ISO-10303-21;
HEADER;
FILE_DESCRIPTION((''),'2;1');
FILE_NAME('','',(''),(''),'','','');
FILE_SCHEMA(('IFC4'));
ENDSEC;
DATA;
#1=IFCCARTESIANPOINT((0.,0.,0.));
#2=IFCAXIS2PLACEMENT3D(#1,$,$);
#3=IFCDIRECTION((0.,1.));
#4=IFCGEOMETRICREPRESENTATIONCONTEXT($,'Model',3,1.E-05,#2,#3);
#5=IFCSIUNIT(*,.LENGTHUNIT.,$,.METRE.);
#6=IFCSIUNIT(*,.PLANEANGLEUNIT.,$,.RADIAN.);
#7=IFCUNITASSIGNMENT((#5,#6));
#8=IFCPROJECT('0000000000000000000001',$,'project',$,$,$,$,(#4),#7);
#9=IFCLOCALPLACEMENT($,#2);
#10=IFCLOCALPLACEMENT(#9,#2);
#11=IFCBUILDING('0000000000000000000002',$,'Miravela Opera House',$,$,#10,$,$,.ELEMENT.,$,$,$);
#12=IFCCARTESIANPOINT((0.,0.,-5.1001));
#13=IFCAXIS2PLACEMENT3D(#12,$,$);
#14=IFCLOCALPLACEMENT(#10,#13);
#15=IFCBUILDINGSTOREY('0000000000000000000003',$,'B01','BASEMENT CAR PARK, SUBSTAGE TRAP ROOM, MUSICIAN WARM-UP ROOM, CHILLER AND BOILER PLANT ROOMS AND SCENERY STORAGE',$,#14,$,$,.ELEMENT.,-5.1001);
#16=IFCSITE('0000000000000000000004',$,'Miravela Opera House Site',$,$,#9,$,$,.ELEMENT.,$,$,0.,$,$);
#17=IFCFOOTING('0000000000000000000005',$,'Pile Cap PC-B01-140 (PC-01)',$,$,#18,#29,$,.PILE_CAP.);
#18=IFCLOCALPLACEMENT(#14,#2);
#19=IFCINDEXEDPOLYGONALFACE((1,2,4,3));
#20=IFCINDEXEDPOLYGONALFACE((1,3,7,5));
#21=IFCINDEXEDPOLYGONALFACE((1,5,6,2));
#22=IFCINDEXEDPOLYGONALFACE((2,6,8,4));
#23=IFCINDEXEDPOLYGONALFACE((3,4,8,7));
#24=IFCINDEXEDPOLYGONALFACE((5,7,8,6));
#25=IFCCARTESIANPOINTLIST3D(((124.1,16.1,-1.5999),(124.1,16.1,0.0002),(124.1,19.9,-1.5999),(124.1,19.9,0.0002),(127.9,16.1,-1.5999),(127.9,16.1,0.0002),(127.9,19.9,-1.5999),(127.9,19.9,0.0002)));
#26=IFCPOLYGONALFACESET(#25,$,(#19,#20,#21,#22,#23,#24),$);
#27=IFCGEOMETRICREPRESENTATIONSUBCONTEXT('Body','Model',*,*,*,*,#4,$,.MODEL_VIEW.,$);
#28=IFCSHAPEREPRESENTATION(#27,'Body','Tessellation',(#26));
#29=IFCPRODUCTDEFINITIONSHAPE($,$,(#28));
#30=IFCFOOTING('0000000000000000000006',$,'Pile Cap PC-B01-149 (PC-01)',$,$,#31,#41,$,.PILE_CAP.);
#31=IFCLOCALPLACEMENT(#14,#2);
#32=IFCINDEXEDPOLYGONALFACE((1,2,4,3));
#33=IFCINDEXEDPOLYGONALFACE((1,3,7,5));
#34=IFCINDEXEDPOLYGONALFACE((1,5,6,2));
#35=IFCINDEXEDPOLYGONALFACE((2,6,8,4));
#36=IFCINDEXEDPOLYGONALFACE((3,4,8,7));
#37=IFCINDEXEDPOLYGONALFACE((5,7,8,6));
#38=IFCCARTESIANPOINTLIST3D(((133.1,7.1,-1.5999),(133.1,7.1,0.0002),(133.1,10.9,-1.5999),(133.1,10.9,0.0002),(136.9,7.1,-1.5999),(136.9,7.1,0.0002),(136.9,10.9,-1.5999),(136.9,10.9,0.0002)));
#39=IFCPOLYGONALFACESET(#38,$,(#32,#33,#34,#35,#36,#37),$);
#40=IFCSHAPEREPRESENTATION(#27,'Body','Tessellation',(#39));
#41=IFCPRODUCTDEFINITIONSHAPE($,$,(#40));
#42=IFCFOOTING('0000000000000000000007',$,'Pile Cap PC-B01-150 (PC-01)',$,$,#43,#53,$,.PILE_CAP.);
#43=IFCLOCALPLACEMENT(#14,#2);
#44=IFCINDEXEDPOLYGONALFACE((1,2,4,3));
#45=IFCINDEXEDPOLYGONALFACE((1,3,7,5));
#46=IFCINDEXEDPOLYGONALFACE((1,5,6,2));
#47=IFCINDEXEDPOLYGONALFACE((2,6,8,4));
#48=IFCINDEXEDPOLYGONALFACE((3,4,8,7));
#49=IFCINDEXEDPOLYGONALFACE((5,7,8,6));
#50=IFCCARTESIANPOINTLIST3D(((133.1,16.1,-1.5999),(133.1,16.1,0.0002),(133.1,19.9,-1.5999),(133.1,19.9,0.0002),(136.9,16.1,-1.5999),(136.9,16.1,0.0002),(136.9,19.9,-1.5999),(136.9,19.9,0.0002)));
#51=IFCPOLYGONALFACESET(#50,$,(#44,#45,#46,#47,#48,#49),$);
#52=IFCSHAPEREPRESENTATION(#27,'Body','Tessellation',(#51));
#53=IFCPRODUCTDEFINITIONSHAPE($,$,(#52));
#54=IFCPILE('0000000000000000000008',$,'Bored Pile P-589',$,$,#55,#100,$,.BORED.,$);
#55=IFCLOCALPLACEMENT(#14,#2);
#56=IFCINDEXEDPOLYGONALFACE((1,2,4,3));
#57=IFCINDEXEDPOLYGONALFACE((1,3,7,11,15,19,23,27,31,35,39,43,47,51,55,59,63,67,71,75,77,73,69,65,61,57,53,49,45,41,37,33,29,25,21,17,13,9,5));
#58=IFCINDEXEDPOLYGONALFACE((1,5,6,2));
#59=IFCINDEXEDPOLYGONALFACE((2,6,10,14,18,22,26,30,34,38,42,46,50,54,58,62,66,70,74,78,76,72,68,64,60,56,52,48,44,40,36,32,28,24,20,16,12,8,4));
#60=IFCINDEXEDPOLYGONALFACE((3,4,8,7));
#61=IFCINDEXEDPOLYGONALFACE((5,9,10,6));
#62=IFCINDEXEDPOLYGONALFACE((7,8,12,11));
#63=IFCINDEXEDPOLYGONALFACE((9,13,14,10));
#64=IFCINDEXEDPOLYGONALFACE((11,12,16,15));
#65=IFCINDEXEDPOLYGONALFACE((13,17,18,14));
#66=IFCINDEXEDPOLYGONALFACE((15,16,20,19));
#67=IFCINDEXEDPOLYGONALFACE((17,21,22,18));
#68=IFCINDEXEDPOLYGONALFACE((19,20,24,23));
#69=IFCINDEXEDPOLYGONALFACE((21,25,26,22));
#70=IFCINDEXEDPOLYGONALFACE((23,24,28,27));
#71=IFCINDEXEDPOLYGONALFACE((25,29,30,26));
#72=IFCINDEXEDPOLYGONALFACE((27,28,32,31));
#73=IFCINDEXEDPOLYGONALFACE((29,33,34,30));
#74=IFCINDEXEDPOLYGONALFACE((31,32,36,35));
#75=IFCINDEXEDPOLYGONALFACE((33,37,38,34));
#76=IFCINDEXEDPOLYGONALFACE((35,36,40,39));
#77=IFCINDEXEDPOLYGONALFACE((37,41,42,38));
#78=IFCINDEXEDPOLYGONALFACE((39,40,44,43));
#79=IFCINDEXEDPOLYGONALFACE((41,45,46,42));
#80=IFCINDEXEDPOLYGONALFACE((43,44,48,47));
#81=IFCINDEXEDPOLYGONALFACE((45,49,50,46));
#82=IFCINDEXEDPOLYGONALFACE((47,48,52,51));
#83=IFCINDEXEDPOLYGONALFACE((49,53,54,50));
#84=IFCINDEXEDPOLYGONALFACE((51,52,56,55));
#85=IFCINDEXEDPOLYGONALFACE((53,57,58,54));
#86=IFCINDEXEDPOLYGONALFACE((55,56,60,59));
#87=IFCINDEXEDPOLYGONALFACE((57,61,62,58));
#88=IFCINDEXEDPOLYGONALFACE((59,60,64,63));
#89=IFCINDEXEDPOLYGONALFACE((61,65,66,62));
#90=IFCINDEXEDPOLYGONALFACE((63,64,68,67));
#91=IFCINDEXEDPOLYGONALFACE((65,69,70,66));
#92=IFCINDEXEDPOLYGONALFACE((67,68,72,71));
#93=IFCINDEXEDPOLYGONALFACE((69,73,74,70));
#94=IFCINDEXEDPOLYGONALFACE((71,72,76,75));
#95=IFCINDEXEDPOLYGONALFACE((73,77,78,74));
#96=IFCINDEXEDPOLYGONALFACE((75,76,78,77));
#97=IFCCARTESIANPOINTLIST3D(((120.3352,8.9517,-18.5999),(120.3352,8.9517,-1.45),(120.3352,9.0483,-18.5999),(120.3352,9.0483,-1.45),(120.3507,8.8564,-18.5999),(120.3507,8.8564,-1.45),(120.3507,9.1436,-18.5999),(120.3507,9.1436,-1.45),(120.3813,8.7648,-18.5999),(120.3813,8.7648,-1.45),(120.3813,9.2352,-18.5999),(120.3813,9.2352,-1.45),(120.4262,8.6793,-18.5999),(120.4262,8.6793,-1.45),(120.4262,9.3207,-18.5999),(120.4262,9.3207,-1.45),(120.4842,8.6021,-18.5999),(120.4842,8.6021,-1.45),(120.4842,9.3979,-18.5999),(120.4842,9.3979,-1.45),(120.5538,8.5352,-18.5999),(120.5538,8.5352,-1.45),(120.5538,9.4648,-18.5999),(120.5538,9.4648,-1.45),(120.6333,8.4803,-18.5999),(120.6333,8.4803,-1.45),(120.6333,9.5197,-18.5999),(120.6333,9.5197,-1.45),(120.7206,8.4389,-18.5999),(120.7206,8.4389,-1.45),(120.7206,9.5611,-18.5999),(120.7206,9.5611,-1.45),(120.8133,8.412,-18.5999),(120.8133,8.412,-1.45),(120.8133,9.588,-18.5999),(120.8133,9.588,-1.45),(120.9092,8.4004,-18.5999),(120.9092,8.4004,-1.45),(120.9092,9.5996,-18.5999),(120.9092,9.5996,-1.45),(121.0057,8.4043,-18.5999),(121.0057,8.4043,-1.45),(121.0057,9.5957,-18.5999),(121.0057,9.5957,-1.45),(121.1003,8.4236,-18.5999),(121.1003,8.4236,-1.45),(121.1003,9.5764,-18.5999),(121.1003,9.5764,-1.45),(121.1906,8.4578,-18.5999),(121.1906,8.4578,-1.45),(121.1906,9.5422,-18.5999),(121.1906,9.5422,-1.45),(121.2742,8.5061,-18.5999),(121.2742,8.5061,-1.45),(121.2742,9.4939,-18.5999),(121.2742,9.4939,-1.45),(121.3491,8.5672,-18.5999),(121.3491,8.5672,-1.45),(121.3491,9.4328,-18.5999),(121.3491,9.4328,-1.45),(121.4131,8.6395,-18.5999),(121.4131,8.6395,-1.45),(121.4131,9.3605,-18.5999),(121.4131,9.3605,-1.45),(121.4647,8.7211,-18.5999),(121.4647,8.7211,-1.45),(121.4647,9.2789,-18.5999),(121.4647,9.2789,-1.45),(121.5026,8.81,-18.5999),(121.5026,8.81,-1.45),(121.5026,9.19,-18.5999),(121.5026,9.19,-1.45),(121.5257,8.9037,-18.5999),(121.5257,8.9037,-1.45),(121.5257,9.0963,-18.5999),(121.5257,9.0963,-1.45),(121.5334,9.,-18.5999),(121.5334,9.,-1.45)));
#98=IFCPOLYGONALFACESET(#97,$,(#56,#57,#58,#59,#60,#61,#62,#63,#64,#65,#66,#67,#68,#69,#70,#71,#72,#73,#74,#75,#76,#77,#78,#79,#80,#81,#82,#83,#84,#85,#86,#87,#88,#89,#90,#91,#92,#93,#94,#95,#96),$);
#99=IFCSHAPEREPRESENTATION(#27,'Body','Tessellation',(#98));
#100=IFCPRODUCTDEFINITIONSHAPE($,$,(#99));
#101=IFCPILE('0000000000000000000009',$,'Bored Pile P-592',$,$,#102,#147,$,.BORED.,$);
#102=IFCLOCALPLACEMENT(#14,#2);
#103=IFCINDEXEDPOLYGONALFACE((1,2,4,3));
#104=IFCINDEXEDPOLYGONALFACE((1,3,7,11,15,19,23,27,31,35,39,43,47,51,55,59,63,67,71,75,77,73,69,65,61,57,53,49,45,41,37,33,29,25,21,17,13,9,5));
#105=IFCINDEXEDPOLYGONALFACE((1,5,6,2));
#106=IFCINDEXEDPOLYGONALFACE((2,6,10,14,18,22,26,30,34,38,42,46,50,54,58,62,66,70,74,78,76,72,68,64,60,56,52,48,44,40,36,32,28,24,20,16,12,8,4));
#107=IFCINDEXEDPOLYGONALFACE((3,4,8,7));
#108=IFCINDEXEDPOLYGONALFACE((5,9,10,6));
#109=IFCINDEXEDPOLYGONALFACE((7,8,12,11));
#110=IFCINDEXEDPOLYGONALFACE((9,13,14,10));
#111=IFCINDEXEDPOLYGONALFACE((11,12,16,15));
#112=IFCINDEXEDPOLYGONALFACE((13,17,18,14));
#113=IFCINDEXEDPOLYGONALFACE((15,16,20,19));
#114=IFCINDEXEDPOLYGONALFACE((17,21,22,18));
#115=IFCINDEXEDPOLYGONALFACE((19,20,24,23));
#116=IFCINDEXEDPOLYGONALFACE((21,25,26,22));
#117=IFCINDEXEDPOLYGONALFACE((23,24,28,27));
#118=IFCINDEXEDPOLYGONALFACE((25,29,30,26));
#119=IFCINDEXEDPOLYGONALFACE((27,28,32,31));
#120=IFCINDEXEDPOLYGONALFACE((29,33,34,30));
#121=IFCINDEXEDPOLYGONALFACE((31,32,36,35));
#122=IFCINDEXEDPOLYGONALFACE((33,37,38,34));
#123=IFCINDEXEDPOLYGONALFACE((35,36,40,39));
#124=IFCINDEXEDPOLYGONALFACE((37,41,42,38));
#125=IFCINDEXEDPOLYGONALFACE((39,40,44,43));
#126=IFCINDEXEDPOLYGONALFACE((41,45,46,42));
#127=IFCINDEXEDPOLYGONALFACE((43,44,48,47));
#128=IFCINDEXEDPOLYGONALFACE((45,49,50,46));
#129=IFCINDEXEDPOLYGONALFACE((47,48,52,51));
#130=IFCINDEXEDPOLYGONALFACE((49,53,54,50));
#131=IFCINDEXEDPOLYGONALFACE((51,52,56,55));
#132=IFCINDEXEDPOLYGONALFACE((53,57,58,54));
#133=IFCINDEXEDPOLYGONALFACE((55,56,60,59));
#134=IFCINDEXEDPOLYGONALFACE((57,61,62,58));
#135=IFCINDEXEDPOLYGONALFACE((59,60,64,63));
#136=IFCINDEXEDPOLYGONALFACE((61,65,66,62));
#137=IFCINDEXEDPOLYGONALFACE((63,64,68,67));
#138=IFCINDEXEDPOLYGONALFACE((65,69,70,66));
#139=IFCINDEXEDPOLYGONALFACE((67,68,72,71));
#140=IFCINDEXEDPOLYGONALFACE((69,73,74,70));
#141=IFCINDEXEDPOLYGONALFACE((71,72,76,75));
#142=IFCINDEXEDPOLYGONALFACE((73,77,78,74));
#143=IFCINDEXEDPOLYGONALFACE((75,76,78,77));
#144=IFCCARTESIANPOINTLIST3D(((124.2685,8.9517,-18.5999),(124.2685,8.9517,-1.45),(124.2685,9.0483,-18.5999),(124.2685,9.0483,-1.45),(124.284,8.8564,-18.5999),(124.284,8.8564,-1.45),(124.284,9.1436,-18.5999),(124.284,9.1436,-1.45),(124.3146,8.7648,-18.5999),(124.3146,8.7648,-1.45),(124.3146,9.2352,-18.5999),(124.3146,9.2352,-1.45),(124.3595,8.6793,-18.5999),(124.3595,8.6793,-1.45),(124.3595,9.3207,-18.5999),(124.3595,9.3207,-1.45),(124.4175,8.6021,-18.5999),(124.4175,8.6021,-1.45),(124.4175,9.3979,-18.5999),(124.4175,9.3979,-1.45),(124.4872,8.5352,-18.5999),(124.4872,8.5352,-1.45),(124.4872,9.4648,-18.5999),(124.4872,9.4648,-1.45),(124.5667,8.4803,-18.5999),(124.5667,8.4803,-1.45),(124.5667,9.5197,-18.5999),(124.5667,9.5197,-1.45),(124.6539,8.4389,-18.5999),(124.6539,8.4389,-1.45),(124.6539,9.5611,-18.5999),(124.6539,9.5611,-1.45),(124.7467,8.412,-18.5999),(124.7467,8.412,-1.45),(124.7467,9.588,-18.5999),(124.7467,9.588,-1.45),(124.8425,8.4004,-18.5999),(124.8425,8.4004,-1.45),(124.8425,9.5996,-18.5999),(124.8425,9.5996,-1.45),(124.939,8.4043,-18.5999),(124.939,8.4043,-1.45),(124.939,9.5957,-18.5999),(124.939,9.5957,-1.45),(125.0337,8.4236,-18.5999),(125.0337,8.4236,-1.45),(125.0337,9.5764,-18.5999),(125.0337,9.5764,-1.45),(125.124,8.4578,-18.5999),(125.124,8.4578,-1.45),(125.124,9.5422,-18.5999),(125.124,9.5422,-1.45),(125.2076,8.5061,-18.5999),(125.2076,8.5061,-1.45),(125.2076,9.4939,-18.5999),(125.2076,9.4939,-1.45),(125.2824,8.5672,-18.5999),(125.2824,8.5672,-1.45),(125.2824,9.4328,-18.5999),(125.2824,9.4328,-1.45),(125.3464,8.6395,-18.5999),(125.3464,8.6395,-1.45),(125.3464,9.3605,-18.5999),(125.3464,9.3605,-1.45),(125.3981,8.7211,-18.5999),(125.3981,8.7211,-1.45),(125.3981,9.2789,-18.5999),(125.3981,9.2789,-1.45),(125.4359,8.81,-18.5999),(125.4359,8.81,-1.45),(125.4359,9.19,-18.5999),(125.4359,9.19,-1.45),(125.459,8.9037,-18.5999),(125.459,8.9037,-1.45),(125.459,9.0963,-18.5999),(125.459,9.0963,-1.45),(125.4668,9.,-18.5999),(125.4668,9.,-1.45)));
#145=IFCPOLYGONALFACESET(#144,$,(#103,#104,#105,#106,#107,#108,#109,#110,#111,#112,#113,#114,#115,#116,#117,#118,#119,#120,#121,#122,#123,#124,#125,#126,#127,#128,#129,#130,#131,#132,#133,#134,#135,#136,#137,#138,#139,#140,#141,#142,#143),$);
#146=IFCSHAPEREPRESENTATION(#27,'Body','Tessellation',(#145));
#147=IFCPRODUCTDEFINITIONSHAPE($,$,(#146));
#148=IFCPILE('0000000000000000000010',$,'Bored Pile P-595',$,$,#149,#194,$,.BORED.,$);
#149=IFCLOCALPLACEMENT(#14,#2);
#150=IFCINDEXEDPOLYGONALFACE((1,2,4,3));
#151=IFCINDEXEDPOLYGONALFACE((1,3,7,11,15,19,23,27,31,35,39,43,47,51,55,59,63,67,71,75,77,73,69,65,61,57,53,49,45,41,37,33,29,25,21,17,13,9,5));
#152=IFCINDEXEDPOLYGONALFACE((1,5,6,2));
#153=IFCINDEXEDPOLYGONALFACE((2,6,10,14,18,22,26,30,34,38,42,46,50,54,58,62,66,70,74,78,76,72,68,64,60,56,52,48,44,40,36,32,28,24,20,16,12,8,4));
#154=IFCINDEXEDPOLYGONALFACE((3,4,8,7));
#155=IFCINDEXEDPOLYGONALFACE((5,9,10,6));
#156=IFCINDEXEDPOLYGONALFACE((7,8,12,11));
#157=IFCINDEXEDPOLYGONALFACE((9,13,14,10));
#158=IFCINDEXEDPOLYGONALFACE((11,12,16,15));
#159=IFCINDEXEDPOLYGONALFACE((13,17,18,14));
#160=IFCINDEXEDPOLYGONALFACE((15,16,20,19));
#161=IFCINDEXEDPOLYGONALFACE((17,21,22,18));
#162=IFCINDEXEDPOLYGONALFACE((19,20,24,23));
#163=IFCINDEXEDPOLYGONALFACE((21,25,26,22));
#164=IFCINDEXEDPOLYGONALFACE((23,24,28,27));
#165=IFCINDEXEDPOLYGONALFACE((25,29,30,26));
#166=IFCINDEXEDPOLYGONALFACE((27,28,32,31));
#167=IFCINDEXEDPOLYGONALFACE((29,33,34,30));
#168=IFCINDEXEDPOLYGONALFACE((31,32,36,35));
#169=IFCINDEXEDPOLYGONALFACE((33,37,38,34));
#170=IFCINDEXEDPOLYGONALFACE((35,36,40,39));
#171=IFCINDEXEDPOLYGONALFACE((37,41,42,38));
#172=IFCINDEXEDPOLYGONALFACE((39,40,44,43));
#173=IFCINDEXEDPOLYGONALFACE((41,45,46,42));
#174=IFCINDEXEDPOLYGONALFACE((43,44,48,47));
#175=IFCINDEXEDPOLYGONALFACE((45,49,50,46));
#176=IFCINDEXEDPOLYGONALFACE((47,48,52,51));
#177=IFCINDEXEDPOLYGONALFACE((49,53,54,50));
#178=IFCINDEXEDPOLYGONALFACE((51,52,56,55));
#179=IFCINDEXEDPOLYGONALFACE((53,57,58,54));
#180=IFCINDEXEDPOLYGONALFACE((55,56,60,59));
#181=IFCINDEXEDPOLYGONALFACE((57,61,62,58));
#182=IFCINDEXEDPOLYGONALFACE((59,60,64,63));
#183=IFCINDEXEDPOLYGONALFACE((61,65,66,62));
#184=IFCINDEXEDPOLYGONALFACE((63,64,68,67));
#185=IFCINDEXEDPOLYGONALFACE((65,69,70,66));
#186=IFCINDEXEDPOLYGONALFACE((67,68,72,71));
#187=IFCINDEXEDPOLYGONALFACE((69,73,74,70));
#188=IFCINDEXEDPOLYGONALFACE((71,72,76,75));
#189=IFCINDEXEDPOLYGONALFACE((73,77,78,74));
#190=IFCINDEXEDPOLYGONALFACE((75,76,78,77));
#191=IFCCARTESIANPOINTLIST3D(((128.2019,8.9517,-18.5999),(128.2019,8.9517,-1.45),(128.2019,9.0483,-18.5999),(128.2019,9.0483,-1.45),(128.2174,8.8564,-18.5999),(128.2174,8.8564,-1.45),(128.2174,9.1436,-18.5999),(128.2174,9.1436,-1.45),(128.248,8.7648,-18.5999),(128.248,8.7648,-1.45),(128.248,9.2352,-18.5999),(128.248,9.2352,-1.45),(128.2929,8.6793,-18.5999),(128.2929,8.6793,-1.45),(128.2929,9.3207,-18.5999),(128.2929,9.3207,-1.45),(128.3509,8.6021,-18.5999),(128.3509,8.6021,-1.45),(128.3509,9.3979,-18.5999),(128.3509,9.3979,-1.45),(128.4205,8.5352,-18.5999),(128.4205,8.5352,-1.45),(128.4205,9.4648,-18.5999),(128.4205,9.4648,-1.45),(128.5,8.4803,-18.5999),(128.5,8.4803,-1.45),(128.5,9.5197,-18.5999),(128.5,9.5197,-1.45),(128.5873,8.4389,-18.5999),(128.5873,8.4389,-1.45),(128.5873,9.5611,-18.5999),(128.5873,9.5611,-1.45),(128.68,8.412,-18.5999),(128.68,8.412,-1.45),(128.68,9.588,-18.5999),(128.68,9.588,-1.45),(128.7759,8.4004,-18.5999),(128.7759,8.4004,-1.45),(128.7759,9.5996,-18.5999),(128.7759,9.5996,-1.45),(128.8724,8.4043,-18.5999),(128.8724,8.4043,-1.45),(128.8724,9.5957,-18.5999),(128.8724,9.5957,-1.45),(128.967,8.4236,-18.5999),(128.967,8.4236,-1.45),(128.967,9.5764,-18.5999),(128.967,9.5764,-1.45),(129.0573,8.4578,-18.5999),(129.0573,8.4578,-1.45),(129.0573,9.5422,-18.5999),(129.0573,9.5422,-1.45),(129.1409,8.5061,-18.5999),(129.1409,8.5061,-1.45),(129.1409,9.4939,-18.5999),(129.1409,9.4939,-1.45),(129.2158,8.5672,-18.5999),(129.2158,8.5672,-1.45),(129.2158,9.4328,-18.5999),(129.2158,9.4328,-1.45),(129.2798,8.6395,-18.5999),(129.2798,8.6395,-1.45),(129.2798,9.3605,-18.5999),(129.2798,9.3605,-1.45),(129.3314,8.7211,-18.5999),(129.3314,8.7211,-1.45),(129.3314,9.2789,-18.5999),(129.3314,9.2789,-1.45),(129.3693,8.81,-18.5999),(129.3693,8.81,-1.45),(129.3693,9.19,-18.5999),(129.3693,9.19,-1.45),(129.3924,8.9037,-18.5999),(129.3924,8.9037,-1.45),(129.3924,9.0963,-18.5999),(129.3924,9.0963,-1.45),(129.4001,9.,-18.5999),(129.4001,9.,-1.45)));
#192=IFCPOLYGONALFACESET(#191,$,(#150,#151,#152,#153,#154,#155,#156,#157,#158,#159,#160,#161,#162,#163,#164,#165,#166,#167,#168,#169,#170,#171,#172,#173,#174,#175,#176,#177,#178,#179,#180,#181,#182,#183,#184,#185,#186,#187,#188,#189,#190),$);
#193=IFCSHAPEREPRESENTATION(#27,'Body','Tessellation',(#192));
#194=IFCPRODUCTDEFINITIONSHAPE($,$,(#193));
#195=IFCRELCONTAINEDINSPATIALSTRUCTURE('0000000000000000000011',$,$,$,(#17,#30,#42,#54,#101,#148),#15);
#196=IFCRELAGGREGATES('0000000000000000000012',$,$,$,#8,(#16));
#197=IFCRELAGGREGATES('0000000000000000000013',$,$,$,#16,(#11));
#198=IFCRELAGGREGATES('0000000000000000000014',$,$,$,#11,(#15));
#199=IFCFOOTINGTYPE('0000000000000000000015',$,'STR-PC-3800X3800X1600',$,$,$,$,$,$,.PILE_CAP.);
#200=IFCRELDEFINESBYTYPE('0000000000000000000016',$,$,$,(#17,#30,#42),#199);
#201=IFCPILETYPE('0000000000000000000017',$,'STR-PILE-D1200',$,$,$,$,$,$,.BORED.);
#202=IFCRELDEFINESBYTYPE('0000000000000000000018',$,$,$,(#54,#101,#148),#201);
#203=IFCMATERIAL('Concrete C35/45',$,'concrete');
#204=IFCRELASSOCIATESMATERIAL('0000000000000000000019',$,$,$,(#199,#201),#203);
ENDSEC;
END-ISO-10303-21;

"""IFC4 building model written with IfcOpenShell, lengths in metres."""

from ifc_helpers import new_model, si_unit, direction, frame, origin, origin_2d, place, context, subcontext, project, spatial, rectangle, circle, extrude, material, material_profile, profile_set, type_object, element, save


model = new_model("IFC4")

# Units and contexts
model_context = context("Model", 3, precision=1e-05, world=origin(), true_north=direction((0.0, 1.0)))
body_context = subcontext(model_context, "Body", "Model", "MODEL_VIEW")
ifc_project = project(units=[si_unit("LENGTHUNIT", "METRE"), si_unit("PLANEANGLEUNIT", "RADIAN")], contexts=[model_context])

# Site, building, storey
site_placement = place(None, origin())
site = spatial("IfcSite", under=ifc_project, at=site_placement, Name="Miravela Opera House Site", CompositionType="ELEMENT", RefElevation=0.0)
building_placement = place(site_placement, origin())
building = spatial("IfcBuilding", under=site, at=building_placement, Name="Miravela Opera House", CompositionType="ELEMENT")
storey_placement = place(building_placement, frame((0.0, 0.0, -5.1001)))
storey = spatial("IfcBuildingStorey", under=building, at=storey_placement, Name="B01", Description="BASEMENT CAR PARK, SUBSTAGE TRAP ROOM, MUSICIAN WARM-UP ROOM, CHILLER AND BOILER PLANT ROOMS AND SCENERY STORAGE", CompositionType="ELEMENT", Elevation=-5.1001)

# Footings
ifc_material_1 = material(Name="Concrete C35/45", Category="concrete")
footing_type = type_object("IfcFootingType", Name="STR-PC-3800X3800X1600", PredefinedType="PILE_CAP", material=ifc_material_1)
for number, where, z_axis, x_axis, name in (
    (1, (126.0, 18.0, -1.5999), (0.0, 0.0, 1.0), (1.0, 0.0, 0.0), "Pile Cap PC-B01-140 (PC-01)"),
    (2, (135.0, 9.0, -1.5999), (0.0, 0.0, 1.0), (1.0, 0.0, 0.0), "Pile Cap PC-B01-149 (PC-01)"),
    (3, (135.0, 18.0, -1.5999), (0.0, 0.0, 1.0), (1.0, 0.0, 0.0), "Pile Cap PC-B01-150 (PC-01)"),
):
    element("IfcFooting", number, at=place(storey_placement, frame(where, z_axis=z_axis, x_axis=x_axis)), inside=storey, type_object=footing_type, Name=name, PredefinedType="PILE_CAP", context=body_context, shape_type="SweptSolid", body=[
        extrude(rectangle(XDim=3.8, YDim=3.8, at=origin_2d()), origin(), (0.0, 0.0, 1.0), 1.6001),
    ])

# Piles
ifc_material_profile_1 = material_profile(ifc_material_1, circle(Radius=0.6001, at=origin_2d()), Name="PILE-D1200")
ifc_profile_set_1 = profile_set([ifc_material_profile_1])
pile_type_1 = type_object("IfcPileType", Name="STR-PILE-D1200", PredefinedType="BORED", material=ifc_profile_set_1)
for number, where, z_axis, x_axis, name in (
    (4, (120.9333, 9.0, -1.45), (0.0, 0.0, -1.0), (1.0, 0.0, 0.0), "Bored Pile P-589"),
    (5, (124.8667, 9.0, -1.45), (0.0, 0.0, -1.0), (1.0, 0.0, 0.0), "Bored Pile P-592"),
    (6, (128.8, 9.0, -1.45), (0.0, 0.0, -1.0), (1.0, 0.0, 0.0), "Bored Pile P-595"),
):
    element("IfcPile", number, at=place(storey_placement, frame(where, z_axis=z_axis, x_axis=x_axis)), inside=storey, type_object=pile_type_1, Name=name, PredefinedType="BORED", context=body_context, shape_type="SweptSolid", body=[
        extrude(circle(Radius=0.6001, at=origin_2d()), origin(), (0.0, 0.0, 1.0), 17.1499),
    ])

save(model, "model.ifc")
